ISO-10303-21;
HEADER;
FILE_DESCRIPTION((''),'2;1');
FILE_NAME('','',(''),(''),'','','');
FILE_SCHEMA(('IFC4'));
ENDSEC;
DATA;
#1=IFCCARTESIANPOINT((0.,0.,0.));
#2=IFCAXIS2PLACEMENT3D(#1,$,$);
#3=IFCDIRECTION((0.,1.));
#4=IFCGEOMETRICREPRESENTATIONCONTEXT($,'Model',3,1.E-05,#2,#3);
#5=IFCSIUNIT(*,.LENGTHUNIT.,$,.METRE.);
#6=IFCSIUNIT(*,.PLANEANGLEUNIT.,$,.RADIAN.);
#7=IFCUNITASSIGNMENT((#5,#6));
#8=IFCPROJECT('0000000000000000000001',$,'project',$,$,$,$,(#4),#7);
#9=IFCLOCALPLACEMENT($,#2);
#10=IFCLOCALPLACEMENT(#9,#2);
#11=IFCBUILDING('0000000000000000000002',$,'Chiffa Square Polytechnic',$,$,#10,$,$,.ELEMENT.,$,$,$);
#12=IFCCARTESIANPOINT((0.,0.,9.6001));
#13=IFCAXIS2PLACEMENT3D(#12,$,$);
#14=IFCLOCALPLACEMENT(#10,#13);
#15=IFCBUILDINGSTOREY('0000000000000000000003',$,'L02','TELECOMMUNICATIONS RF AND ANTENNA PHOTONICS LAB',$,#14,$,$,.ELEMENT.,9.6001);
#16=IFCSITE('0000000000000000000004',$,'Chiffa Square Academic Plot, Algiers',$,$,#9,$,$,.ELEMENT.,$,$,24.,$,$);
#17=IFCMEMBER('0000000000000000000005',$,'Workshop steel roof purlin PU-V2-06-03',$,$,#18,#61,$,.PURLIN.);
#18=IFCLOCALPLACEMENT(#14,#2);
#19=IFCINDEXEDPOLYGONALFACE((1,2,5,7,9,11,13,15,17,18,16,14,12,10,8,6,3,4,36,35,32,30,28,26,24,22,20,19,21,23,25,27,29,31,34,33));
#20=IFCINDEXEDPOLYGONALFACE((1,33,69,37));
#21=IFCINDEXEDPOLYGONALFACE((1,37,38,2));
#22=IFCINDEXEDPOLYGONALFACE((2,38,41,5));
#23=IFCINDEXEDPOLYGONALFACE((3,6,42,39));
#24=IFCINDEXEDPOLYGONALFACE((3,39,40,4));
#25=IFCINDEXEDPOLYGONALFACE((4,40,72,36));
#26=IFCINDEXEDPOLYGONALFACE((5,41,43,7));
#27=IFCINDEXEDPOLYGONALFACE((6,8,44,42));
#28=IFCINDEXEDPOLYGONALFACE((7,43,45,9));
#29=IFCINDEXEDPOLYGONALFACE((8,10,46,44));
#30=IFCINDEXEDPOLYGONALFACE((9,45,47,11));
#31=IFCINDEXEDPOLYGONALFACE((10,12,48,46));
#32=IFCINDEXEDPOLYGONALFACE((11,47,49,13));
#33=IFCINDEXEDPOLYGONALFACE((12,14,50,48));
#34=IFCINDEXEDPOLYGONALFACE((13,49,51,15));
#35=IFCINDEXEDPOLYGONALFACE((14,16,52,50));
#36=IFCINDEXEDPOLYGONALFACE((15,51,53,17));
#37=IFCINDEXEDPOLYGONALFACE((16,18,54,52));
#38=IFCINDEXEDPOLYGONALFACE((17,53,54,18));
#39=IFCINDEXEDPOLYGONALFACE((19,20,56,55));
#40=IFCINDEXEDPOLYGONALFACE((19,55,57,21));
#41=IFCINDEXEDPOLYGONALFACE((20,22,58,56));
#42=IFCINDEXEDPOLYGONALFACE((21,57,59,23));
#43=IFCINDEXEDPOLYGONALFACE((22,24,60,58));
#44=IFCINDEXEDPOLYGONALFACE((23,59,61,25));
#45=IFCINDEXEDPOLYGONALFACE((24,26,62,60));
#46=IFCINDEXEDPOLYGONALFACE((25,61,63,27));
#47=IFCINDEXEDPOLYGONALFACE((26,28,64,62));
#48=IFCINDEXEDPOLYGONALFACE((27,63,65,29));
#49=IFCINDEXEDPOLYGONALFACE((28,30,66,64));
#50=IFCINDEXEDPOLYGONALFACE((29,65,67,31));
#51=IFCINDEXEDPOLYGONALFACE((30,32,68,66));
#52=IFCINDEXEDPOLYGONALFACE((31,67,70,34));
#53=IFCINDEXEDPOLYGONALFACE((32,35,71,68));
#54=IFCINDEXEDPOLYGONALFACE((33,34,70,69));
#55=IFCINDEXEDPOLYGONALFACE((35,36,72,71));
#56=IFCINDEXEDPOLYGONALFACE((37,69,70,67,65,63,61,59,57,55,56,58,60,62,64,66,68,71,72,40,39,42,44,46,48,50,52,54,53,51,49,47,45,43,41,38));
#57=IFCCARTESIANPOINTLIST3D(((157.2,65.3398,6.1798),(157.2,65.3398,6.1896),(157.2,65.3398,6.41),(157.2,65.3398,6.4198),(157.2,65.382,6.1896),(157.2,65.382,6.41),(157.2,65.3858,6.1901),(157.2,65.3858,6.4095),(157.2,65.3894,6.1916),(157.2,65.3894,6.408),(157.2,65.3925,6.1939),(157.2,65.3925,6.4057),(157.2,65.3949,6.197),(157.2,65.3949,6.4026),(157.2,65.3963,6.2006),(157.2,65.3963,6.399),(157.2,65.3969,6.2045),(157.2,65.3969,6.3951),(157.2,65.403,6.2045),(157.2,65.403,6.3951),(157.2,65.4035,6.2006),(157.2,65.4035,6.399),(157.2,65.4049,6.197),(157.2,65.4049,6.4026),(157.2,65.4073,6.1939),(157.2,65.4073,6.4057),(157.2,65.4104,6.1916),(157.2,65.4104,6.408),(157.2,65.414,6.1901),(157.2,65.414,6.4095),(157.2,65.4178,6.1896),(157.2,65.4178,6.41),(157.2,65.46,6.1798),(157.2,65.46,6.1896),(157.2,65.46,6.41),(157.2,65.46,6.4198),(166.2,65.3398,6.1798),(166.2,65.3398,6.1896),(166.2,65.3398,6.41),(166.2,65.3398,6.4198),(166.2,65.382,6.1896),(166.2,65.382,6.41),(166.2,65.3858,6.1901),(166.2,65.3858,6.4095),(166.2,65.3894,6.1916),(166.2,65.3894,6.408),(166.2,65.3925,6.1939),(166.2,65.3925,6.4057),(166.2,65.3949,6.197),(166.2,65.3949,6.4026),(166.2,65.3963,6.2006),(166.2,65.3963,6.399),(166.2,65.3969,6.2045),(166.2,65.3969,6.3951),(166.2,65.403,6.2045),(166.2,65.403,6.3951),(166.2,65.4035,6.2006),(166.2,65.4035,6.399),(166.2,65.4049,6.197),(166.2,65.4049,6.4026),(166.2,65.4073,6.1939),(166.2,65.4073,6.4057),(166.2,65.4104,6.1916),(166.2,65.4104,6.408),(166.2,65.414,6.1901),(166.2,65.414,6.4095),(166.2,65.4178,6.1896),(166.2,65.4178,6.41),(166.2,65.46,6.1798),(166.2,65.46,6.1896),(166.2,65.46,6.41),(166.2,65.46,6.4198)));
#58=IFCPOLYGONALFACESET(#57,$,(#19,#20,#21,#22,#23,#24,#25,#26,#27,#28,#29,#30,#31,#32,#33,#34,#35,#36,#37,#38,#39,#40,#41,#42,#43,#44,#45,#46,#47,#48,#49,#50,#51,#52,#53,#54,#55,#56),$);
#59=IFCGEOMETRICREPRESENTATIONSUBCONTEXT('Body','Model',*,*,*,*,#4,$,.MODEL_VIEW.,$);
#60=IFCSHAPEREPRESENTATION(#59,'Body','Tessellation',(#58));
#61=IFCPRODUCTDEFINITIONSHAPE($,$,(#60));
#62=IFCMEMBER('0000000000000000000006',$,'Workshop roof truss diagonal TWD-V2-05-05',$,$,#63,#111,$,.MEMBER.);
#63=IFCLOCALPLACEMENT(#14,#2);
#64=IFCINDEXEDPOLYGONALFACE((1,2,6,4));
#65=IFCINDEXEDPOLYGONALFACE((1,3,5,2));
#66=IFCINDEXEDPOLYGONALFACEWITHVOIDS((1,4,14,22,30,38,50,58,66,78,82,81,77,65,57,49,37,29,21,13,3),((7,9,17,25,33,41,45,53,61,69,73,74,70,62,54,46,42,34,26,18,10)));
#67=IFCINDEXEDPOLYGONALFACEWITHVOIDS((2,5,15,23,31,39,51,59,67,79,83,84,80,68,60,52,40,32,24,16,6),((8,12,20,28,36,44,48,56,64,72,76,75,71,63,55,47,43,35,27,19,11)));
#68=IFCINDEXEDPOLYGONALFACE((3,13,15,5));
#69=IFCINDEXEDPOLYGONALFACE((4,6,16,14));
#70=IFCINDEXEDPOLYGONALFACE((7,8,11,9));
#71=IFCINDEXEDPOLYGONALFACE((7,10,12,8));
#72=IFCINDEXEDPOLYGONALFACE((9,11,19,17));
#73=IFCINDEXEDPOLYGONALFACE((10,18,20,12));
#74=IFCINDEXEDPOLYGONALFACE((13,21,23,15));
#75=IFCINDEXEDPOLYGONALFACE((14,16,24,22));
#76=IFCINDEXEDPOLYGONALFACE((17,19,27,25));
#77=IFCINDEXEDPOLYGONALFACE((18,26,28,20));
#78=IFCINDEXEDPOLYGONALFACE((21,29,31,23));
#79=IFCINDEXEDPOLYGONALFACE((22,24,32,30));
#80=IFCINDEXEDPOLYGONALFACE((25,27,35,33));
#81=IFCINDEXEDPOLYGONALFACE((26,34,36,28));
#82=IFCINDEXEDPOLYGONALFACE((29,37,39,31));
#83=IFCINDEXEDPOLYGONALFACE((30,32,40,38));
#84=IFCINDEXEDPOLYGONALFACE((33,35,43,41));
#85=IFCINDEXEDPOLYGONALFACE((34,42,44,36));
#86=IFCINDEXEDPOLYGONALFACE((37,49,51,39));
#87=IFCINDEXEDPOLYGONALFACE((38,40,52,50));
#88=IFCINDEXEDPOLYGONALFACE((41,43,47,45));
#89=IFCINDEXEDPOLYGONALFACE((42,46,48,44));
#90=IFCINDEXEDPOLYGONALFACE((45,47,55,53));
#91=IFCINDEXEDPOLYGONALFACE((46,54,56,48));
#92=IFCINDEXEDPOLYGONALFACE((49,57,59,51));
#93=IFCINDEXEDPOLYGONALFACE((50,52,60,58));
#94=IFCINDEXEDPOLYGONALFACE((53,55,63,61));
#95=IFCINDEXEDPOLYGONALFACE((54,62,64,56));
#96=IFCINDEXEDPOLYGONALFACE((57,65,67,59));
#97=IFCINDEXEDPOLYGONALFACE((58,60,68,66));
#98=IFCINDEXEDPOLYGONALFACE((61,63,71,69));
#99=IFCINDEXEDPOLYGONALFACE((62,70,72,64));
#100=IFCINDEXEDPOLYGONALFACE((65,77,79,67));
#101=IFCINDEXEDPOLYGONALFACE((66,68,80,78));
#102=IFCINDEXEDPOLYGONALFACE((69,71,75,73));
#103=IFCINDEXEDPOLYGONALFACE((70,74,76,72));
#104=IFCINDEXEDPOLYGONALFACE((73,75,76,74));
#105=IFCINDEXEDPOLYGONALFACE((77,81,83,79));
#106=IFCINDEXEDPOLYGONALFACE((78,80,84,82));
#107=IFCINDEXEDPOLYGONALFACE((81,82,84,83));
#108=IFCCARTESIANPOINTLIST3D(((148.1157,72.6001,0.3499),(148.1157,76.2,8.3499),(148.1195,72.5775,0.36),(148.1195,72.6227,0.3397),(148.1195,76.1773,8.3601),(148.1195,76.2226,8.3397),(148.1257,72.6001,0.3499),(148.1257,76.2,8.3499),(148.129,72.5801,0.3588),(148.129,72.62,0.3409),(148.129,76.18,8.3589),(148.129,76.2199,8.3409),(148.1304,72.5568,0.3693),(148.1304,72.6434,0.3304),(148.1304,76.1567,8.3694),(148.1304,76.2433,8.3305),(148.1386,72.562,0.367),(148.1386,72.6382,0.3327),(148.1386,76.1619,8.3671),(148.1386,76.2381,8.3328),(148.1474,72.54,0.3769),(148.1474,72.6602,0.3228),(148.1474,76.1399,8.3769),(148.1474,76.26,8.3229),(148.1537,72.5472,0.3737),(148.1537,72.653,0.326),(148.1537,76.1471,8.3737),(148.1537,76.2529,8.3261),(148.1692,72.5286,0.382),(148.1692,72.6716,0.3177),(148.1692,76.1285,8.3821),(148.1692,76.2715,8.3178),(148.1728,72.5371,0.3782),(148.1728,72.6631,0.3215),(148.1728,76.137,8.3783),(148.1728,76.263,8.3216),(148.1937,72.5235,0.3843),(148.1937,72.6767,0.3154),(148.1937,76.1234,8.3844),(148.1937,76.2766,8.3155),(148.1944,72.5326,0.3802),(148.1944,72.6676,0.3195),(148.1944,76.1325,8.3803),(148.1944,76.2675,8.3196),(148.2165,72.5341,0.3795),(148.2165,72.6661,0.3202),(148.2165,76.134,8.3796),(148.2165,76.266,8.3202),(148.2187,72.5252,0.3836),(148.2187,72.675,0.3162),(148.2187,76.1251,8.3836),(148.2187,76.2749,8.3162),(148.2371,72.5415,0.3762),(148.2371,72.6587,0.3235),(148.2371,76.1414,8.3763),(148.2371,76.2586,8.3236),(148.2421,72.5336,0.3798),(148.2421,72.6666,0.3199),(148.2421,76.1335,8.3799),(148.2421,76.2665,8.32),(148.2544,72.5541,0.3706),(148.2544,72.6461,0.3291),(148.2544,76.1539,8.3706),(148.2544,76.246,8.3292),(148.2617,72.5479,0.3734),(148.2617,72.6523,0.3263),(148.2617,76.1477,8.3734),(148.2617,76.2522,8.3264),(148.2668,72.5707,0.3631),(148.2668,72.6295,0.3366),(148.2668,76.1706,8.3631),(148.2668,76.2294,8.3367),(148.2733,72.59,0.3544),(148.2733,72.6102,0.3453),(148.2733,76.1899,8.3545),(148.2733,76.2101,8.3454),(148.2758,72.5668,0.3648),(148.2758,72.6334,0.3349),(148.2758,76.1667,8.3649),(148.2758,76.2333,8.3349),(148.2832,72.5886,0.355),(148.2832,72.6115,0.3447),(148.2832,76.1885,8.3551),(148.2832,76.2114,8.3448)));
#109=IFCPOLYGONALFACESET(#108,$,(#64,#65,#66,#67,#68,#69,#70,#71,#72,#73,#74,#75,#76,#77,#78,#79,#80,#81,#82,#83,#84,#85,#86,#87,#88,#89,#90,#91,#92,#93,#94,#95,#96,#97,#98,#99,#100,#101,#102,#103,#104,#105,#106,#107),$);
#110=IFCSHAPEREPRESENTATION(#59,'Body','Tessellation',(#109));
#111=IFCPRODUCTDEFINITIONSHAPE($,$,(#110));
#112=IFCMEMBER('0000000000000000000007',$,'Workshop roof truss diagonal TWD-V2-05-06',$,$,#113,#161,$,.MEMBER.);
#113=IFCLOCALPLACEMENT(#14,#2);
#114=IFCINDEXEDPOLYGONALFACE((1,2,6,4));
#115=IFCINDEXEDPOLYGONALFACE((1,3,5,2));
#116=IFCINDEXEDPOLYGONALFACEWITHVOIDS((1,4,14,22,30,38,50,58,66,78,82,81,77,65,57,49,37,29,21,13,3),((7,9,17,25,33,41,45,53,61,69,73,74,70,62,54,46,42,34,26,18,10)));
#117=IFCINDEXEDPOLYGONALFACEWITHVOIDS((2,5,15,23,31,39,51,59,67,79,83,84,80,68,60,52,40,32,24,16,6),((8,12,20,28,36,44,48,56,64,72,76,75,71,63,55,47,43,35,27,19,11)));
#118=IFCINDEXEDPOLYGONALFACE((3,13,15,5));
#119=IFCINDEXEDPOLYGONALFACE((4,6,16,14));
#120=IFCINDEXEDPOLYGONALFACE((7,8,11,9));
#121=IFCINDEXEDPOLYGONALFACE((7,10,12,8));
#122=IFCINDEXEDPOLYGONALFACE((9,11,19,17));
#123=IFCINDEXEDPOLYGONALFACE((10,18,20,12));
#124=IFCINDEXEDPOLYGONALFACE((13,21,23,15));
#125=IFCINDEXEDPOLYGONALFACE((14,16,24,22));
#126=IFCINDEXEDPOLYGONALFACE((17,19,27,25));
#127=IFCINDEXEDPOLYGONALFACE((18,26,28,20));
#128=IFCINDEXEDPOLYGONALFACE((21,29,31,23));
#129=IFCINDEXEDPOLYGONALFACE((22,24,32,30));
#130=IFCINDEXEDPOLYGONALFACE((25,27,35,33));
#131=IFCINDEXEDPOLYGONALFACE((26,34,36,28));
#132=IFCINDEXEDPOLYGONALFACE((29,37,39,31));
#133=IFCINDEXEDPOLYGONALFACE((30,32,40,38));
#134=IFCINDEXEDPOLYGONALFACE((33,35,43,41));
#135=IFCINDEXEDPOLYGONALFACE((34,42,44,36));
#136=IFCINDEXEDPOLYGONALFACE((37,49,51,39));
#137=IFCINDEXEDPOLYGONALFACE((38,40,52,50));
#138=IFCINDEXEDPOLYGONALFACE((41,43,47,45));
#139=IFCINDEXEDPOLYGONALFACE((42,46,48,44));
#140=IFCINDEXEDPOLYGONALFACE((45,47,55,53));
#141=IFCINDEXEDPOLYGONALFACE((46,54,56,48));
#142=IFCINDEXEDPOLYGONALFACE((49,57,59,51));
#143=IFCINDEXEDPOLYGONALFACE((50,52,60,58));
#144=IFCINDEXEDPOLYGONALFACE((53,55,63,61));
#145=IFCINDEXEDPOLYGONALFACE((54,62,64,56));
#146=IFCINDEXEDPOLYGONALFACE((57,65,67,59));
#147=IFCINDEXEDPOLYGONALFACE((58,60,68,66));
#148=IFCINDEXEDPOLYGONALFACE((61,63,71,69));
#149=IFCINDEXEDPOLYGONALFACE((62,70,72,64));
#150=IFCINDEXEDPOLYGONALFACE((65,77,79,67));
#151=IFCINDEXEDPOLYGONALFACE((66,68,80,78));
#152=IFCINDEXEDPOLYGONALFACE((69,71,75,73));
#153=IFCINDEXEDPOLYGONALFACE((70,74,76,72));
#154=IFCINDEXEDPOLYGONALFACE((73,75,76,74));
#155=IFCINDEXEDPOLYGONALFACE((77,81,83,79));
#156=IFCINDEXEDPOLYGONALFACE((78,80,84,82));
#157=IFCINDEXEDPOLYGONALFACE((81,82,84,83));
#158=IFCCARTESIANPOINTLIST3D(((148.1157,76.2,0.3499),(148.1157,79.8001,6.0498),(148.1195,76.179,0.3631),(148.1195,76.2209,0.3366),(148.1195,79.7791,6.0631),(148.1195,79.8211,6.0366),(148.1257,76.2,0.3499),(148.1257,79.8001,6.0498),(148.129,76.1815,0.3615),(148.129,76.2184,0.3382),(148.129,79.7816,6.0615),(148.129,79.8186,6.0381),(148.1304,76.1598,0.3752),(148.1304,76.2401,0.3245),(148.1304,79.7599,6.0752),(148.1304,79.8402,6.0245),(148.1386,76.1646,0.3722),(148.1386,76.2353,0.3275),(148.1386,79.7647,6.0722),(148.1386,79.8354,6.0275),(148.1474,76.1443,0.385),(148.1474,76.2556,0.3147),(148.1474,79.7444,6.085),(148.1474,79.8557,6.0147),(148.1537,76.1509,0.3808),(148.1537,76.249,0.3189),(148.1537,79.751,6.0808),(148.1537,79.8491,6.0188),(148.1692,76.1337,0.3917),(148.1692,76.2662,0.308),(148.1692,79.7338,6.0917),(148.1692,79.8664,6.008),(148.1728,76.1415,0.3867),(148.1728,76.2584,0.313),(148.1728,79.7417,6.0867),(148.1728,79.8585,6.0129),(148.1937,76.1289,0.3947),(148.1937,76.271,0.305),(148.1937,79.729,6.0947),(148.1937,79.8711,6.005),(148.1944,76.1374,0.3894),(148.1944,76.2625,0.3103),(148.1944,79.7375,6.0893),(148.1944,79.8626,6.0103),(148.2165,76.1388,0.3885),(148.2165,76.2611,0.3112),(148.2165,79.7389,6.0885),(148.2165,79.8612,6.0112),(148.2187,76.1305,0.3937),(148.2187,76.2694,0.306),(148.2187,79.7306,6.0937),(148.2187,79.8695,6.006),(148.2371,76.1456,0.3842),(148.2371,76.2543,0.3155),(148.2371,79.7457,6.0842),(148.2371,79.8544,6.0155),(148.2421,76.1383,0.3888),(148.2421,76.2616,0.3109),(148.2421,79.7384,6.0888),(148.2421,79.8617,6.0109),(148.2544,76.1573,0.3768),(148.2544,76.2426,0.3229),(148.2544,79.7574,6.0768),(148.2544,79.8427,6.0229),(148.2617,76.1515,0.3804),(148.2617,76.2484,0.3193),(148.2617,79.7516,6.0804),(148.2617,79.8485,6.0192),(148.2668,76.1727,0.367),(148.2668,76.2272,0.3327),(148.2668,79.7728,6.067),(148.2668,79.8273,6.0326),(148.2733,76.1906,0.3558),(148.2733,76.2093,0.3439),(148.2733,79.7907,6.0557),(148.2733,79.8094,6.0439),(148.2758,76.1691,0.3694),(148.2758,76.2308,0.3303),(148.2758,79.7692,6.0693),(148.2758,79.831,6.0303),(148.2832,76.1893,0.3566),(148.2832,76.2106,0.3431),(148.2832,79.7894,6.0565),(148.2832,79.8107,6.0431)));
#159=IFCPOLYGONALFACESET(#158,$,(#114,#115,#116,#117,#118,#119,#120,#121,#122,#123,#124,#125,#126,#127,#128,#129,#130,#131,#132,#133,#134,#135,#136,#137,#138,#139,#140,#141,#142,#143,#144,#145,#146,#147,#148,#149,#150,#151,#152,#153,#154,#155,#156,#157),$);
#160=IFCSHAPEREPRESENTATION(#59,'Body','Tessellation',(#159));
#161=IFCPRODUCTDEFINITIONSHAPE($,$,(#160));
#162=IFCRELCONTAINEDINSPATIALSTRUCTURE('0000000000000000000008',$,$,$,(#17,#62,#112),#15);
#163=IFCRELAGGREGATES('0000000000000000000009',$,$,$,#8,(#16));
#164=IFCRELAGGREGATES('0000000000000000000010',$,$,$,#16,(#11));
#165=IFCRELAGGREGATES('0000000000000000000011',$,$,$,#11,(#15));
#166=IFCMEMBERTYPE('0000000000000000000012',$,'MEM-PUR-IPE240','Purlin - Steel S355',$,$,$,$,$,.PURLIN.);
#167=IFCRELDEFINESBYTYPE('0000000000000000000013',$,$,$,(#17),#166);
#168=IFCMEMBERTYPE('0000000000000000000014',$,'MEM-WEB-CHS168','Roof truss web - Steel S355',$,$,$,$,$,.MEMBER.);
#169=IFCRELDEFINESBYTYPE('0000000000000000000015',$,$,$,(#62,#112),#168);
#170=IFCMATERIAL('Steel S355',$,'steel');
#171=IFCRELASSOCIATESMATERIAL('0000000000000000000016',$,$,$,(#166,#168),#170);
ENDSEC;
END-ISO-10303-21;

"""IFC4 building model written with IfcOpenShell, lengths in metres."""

from ifc_helpers import new_model, si_unit, direction, frame, origin, origin_2d, place, context, subcontext, project, spatial, hollow_circle, i_section, extrude, material, material_profile, profile_set, type_object, element, save


model = new_model("IFC4")

# Units and contexts
model_context = context("Model", 3, precision=1e-05, world=origin(), true_north=direction((0.0, 1.0)))
body_context = subcontext(model_context, "Body", "Model", "MODEL_VIEW")
ifc_project = project(units=[si_unit("LENGTHUNIT", "METRE"), si_unit("PLANEANGLEUNIT", "RADIAN")], contexts=[model_context])

# Site, building, storey
site_placement = place(None, origin())
site = spatial("IfcSite", under=ifc_project, at=site_placement, Name="Chiffa Square Academic Plot, Algiers", CompositionType="ELEMENT", RefElevation=24.0)
building_placement = place(site_placement, origin())
building = spatial("IfcBuilding", under=site, at=building_placement, Name="Chiffa Square Polytechnic", CompositionType="ELEMENT")
storey_placement = place(building_placement, frame((0.0, 0.0, 9.6001)))
storey = spatial("IfcBuildingStorey", under=building, at=storey_placement, Name="L02", Description="TELECOMMUNICATIONS RF AND ANTENNA PHOTONICS LAB", CompositionType="ELEMENT", Elevation=9.6001)

# Members
ifc_material_1 = material(Name="Steel S355", Category="steel")
ifc_material_profile_1 = material_profile(ifc_material_1, i_section(OverallWidth=0.1201, OverallDepth=0.24, WebThickness=0.0061, FlangeThickness=0.0098, FilletRadius=0.0149, at=origin_2d()), Name="IPE 240")
ifc_profile_set_1 = profile_set([ifc_material_profile_1], Name="Steel S355")
member_type_1 = type_object("IfcMemberType", Name="MEM-PUR-IPE240", Description="Purlin - Steel S355", PredefinedType="PURLIN", material=ifc_profile_set_1)
for number, where, z_axis, x_axis, name in (
    (1, (157.2, 65.3999, 6.2998), (1.0, 0.0, 0.0), (0.0, 1.0, 0.0), "Workshop steel roof purlin PU-V2-06-03"),
):
    element("IfcMember", number, at=place(storey_placement, frame(where, z_axis=z_axis, x_axis=x_axis)), inside=storey, type_object=member_type_1, Name=name, PredefinedType="PURLIN", context=body_context, shape_type="SweptSolid", body=[
        extrude(i_section(OverallWidth=0.1201, OverallDepth=0.24, WebThickness=0.0061, FlangeThickness=0.0098, FilletRadius=0.0149, at=origin_2d()), origin(), (0.0, 0.0, 1.0), 9.0),
    ])
ifc_material_profile_2 = material_profile(ifc_material_1, hollow_circle(Radius=0.0842, WallThickness=0.01, at=origin_2d()), Name="CHS 168.3x10")
ifc_profile_set_2 = profile_set([ifc_material_profile_2], Name="Steel S355")
member_type_2 = type_object("IfcMemberType", Name="MEM-WEB-CHS168", Description="Roof truss web - Steel S355", PredefinedType="MEMBER", material=ifc_profile_set_2)
member_1_placement = place(storey_placement, frame((148.2, 72.6001, 0.3499), z_axis=(0.0, 0.410351, 0.911928), x_axis=(-1.0, 0.0, 0.0)))
element("IfcMember", 2, at=member_1_placement, inside=storey, type_object=member_type_2, Name="Workshop roof truss diagonal TWD-V2-05-05", PredefinedType="MEMBER", context=body_context, shape_type="SweptSolid", body=[
    extrude(hollow_circle(Radius=0.0842, WallThickness=0.01, at=origin_2d()), origin(), (0.0, 0.0, 1.0), 8.7727),
])
member_2_placement = place(storey_placement, frame((148.2, 76.2, 0.3499), z_axis=(0.0, 0.534007, 0.84548), x_axis=(-1.0, 0.0, 0.0)))
element("IfcMember", 3, at=member_2_placement, inside=storey, type_object=member_type_2, Name="Workshop roof truss diagonal TWD-V2-05-06", PredefinedType="MEMBER", context=body_context, shape_type="SweptSolid", body=[
    extrude(hollow_circle(Radius=0.0842, WallThickness=0.01, at=origin_2d()), origin(), (0.0, 0.0, 1.0), 6.7417),
])

save(model, "model.ifc")
